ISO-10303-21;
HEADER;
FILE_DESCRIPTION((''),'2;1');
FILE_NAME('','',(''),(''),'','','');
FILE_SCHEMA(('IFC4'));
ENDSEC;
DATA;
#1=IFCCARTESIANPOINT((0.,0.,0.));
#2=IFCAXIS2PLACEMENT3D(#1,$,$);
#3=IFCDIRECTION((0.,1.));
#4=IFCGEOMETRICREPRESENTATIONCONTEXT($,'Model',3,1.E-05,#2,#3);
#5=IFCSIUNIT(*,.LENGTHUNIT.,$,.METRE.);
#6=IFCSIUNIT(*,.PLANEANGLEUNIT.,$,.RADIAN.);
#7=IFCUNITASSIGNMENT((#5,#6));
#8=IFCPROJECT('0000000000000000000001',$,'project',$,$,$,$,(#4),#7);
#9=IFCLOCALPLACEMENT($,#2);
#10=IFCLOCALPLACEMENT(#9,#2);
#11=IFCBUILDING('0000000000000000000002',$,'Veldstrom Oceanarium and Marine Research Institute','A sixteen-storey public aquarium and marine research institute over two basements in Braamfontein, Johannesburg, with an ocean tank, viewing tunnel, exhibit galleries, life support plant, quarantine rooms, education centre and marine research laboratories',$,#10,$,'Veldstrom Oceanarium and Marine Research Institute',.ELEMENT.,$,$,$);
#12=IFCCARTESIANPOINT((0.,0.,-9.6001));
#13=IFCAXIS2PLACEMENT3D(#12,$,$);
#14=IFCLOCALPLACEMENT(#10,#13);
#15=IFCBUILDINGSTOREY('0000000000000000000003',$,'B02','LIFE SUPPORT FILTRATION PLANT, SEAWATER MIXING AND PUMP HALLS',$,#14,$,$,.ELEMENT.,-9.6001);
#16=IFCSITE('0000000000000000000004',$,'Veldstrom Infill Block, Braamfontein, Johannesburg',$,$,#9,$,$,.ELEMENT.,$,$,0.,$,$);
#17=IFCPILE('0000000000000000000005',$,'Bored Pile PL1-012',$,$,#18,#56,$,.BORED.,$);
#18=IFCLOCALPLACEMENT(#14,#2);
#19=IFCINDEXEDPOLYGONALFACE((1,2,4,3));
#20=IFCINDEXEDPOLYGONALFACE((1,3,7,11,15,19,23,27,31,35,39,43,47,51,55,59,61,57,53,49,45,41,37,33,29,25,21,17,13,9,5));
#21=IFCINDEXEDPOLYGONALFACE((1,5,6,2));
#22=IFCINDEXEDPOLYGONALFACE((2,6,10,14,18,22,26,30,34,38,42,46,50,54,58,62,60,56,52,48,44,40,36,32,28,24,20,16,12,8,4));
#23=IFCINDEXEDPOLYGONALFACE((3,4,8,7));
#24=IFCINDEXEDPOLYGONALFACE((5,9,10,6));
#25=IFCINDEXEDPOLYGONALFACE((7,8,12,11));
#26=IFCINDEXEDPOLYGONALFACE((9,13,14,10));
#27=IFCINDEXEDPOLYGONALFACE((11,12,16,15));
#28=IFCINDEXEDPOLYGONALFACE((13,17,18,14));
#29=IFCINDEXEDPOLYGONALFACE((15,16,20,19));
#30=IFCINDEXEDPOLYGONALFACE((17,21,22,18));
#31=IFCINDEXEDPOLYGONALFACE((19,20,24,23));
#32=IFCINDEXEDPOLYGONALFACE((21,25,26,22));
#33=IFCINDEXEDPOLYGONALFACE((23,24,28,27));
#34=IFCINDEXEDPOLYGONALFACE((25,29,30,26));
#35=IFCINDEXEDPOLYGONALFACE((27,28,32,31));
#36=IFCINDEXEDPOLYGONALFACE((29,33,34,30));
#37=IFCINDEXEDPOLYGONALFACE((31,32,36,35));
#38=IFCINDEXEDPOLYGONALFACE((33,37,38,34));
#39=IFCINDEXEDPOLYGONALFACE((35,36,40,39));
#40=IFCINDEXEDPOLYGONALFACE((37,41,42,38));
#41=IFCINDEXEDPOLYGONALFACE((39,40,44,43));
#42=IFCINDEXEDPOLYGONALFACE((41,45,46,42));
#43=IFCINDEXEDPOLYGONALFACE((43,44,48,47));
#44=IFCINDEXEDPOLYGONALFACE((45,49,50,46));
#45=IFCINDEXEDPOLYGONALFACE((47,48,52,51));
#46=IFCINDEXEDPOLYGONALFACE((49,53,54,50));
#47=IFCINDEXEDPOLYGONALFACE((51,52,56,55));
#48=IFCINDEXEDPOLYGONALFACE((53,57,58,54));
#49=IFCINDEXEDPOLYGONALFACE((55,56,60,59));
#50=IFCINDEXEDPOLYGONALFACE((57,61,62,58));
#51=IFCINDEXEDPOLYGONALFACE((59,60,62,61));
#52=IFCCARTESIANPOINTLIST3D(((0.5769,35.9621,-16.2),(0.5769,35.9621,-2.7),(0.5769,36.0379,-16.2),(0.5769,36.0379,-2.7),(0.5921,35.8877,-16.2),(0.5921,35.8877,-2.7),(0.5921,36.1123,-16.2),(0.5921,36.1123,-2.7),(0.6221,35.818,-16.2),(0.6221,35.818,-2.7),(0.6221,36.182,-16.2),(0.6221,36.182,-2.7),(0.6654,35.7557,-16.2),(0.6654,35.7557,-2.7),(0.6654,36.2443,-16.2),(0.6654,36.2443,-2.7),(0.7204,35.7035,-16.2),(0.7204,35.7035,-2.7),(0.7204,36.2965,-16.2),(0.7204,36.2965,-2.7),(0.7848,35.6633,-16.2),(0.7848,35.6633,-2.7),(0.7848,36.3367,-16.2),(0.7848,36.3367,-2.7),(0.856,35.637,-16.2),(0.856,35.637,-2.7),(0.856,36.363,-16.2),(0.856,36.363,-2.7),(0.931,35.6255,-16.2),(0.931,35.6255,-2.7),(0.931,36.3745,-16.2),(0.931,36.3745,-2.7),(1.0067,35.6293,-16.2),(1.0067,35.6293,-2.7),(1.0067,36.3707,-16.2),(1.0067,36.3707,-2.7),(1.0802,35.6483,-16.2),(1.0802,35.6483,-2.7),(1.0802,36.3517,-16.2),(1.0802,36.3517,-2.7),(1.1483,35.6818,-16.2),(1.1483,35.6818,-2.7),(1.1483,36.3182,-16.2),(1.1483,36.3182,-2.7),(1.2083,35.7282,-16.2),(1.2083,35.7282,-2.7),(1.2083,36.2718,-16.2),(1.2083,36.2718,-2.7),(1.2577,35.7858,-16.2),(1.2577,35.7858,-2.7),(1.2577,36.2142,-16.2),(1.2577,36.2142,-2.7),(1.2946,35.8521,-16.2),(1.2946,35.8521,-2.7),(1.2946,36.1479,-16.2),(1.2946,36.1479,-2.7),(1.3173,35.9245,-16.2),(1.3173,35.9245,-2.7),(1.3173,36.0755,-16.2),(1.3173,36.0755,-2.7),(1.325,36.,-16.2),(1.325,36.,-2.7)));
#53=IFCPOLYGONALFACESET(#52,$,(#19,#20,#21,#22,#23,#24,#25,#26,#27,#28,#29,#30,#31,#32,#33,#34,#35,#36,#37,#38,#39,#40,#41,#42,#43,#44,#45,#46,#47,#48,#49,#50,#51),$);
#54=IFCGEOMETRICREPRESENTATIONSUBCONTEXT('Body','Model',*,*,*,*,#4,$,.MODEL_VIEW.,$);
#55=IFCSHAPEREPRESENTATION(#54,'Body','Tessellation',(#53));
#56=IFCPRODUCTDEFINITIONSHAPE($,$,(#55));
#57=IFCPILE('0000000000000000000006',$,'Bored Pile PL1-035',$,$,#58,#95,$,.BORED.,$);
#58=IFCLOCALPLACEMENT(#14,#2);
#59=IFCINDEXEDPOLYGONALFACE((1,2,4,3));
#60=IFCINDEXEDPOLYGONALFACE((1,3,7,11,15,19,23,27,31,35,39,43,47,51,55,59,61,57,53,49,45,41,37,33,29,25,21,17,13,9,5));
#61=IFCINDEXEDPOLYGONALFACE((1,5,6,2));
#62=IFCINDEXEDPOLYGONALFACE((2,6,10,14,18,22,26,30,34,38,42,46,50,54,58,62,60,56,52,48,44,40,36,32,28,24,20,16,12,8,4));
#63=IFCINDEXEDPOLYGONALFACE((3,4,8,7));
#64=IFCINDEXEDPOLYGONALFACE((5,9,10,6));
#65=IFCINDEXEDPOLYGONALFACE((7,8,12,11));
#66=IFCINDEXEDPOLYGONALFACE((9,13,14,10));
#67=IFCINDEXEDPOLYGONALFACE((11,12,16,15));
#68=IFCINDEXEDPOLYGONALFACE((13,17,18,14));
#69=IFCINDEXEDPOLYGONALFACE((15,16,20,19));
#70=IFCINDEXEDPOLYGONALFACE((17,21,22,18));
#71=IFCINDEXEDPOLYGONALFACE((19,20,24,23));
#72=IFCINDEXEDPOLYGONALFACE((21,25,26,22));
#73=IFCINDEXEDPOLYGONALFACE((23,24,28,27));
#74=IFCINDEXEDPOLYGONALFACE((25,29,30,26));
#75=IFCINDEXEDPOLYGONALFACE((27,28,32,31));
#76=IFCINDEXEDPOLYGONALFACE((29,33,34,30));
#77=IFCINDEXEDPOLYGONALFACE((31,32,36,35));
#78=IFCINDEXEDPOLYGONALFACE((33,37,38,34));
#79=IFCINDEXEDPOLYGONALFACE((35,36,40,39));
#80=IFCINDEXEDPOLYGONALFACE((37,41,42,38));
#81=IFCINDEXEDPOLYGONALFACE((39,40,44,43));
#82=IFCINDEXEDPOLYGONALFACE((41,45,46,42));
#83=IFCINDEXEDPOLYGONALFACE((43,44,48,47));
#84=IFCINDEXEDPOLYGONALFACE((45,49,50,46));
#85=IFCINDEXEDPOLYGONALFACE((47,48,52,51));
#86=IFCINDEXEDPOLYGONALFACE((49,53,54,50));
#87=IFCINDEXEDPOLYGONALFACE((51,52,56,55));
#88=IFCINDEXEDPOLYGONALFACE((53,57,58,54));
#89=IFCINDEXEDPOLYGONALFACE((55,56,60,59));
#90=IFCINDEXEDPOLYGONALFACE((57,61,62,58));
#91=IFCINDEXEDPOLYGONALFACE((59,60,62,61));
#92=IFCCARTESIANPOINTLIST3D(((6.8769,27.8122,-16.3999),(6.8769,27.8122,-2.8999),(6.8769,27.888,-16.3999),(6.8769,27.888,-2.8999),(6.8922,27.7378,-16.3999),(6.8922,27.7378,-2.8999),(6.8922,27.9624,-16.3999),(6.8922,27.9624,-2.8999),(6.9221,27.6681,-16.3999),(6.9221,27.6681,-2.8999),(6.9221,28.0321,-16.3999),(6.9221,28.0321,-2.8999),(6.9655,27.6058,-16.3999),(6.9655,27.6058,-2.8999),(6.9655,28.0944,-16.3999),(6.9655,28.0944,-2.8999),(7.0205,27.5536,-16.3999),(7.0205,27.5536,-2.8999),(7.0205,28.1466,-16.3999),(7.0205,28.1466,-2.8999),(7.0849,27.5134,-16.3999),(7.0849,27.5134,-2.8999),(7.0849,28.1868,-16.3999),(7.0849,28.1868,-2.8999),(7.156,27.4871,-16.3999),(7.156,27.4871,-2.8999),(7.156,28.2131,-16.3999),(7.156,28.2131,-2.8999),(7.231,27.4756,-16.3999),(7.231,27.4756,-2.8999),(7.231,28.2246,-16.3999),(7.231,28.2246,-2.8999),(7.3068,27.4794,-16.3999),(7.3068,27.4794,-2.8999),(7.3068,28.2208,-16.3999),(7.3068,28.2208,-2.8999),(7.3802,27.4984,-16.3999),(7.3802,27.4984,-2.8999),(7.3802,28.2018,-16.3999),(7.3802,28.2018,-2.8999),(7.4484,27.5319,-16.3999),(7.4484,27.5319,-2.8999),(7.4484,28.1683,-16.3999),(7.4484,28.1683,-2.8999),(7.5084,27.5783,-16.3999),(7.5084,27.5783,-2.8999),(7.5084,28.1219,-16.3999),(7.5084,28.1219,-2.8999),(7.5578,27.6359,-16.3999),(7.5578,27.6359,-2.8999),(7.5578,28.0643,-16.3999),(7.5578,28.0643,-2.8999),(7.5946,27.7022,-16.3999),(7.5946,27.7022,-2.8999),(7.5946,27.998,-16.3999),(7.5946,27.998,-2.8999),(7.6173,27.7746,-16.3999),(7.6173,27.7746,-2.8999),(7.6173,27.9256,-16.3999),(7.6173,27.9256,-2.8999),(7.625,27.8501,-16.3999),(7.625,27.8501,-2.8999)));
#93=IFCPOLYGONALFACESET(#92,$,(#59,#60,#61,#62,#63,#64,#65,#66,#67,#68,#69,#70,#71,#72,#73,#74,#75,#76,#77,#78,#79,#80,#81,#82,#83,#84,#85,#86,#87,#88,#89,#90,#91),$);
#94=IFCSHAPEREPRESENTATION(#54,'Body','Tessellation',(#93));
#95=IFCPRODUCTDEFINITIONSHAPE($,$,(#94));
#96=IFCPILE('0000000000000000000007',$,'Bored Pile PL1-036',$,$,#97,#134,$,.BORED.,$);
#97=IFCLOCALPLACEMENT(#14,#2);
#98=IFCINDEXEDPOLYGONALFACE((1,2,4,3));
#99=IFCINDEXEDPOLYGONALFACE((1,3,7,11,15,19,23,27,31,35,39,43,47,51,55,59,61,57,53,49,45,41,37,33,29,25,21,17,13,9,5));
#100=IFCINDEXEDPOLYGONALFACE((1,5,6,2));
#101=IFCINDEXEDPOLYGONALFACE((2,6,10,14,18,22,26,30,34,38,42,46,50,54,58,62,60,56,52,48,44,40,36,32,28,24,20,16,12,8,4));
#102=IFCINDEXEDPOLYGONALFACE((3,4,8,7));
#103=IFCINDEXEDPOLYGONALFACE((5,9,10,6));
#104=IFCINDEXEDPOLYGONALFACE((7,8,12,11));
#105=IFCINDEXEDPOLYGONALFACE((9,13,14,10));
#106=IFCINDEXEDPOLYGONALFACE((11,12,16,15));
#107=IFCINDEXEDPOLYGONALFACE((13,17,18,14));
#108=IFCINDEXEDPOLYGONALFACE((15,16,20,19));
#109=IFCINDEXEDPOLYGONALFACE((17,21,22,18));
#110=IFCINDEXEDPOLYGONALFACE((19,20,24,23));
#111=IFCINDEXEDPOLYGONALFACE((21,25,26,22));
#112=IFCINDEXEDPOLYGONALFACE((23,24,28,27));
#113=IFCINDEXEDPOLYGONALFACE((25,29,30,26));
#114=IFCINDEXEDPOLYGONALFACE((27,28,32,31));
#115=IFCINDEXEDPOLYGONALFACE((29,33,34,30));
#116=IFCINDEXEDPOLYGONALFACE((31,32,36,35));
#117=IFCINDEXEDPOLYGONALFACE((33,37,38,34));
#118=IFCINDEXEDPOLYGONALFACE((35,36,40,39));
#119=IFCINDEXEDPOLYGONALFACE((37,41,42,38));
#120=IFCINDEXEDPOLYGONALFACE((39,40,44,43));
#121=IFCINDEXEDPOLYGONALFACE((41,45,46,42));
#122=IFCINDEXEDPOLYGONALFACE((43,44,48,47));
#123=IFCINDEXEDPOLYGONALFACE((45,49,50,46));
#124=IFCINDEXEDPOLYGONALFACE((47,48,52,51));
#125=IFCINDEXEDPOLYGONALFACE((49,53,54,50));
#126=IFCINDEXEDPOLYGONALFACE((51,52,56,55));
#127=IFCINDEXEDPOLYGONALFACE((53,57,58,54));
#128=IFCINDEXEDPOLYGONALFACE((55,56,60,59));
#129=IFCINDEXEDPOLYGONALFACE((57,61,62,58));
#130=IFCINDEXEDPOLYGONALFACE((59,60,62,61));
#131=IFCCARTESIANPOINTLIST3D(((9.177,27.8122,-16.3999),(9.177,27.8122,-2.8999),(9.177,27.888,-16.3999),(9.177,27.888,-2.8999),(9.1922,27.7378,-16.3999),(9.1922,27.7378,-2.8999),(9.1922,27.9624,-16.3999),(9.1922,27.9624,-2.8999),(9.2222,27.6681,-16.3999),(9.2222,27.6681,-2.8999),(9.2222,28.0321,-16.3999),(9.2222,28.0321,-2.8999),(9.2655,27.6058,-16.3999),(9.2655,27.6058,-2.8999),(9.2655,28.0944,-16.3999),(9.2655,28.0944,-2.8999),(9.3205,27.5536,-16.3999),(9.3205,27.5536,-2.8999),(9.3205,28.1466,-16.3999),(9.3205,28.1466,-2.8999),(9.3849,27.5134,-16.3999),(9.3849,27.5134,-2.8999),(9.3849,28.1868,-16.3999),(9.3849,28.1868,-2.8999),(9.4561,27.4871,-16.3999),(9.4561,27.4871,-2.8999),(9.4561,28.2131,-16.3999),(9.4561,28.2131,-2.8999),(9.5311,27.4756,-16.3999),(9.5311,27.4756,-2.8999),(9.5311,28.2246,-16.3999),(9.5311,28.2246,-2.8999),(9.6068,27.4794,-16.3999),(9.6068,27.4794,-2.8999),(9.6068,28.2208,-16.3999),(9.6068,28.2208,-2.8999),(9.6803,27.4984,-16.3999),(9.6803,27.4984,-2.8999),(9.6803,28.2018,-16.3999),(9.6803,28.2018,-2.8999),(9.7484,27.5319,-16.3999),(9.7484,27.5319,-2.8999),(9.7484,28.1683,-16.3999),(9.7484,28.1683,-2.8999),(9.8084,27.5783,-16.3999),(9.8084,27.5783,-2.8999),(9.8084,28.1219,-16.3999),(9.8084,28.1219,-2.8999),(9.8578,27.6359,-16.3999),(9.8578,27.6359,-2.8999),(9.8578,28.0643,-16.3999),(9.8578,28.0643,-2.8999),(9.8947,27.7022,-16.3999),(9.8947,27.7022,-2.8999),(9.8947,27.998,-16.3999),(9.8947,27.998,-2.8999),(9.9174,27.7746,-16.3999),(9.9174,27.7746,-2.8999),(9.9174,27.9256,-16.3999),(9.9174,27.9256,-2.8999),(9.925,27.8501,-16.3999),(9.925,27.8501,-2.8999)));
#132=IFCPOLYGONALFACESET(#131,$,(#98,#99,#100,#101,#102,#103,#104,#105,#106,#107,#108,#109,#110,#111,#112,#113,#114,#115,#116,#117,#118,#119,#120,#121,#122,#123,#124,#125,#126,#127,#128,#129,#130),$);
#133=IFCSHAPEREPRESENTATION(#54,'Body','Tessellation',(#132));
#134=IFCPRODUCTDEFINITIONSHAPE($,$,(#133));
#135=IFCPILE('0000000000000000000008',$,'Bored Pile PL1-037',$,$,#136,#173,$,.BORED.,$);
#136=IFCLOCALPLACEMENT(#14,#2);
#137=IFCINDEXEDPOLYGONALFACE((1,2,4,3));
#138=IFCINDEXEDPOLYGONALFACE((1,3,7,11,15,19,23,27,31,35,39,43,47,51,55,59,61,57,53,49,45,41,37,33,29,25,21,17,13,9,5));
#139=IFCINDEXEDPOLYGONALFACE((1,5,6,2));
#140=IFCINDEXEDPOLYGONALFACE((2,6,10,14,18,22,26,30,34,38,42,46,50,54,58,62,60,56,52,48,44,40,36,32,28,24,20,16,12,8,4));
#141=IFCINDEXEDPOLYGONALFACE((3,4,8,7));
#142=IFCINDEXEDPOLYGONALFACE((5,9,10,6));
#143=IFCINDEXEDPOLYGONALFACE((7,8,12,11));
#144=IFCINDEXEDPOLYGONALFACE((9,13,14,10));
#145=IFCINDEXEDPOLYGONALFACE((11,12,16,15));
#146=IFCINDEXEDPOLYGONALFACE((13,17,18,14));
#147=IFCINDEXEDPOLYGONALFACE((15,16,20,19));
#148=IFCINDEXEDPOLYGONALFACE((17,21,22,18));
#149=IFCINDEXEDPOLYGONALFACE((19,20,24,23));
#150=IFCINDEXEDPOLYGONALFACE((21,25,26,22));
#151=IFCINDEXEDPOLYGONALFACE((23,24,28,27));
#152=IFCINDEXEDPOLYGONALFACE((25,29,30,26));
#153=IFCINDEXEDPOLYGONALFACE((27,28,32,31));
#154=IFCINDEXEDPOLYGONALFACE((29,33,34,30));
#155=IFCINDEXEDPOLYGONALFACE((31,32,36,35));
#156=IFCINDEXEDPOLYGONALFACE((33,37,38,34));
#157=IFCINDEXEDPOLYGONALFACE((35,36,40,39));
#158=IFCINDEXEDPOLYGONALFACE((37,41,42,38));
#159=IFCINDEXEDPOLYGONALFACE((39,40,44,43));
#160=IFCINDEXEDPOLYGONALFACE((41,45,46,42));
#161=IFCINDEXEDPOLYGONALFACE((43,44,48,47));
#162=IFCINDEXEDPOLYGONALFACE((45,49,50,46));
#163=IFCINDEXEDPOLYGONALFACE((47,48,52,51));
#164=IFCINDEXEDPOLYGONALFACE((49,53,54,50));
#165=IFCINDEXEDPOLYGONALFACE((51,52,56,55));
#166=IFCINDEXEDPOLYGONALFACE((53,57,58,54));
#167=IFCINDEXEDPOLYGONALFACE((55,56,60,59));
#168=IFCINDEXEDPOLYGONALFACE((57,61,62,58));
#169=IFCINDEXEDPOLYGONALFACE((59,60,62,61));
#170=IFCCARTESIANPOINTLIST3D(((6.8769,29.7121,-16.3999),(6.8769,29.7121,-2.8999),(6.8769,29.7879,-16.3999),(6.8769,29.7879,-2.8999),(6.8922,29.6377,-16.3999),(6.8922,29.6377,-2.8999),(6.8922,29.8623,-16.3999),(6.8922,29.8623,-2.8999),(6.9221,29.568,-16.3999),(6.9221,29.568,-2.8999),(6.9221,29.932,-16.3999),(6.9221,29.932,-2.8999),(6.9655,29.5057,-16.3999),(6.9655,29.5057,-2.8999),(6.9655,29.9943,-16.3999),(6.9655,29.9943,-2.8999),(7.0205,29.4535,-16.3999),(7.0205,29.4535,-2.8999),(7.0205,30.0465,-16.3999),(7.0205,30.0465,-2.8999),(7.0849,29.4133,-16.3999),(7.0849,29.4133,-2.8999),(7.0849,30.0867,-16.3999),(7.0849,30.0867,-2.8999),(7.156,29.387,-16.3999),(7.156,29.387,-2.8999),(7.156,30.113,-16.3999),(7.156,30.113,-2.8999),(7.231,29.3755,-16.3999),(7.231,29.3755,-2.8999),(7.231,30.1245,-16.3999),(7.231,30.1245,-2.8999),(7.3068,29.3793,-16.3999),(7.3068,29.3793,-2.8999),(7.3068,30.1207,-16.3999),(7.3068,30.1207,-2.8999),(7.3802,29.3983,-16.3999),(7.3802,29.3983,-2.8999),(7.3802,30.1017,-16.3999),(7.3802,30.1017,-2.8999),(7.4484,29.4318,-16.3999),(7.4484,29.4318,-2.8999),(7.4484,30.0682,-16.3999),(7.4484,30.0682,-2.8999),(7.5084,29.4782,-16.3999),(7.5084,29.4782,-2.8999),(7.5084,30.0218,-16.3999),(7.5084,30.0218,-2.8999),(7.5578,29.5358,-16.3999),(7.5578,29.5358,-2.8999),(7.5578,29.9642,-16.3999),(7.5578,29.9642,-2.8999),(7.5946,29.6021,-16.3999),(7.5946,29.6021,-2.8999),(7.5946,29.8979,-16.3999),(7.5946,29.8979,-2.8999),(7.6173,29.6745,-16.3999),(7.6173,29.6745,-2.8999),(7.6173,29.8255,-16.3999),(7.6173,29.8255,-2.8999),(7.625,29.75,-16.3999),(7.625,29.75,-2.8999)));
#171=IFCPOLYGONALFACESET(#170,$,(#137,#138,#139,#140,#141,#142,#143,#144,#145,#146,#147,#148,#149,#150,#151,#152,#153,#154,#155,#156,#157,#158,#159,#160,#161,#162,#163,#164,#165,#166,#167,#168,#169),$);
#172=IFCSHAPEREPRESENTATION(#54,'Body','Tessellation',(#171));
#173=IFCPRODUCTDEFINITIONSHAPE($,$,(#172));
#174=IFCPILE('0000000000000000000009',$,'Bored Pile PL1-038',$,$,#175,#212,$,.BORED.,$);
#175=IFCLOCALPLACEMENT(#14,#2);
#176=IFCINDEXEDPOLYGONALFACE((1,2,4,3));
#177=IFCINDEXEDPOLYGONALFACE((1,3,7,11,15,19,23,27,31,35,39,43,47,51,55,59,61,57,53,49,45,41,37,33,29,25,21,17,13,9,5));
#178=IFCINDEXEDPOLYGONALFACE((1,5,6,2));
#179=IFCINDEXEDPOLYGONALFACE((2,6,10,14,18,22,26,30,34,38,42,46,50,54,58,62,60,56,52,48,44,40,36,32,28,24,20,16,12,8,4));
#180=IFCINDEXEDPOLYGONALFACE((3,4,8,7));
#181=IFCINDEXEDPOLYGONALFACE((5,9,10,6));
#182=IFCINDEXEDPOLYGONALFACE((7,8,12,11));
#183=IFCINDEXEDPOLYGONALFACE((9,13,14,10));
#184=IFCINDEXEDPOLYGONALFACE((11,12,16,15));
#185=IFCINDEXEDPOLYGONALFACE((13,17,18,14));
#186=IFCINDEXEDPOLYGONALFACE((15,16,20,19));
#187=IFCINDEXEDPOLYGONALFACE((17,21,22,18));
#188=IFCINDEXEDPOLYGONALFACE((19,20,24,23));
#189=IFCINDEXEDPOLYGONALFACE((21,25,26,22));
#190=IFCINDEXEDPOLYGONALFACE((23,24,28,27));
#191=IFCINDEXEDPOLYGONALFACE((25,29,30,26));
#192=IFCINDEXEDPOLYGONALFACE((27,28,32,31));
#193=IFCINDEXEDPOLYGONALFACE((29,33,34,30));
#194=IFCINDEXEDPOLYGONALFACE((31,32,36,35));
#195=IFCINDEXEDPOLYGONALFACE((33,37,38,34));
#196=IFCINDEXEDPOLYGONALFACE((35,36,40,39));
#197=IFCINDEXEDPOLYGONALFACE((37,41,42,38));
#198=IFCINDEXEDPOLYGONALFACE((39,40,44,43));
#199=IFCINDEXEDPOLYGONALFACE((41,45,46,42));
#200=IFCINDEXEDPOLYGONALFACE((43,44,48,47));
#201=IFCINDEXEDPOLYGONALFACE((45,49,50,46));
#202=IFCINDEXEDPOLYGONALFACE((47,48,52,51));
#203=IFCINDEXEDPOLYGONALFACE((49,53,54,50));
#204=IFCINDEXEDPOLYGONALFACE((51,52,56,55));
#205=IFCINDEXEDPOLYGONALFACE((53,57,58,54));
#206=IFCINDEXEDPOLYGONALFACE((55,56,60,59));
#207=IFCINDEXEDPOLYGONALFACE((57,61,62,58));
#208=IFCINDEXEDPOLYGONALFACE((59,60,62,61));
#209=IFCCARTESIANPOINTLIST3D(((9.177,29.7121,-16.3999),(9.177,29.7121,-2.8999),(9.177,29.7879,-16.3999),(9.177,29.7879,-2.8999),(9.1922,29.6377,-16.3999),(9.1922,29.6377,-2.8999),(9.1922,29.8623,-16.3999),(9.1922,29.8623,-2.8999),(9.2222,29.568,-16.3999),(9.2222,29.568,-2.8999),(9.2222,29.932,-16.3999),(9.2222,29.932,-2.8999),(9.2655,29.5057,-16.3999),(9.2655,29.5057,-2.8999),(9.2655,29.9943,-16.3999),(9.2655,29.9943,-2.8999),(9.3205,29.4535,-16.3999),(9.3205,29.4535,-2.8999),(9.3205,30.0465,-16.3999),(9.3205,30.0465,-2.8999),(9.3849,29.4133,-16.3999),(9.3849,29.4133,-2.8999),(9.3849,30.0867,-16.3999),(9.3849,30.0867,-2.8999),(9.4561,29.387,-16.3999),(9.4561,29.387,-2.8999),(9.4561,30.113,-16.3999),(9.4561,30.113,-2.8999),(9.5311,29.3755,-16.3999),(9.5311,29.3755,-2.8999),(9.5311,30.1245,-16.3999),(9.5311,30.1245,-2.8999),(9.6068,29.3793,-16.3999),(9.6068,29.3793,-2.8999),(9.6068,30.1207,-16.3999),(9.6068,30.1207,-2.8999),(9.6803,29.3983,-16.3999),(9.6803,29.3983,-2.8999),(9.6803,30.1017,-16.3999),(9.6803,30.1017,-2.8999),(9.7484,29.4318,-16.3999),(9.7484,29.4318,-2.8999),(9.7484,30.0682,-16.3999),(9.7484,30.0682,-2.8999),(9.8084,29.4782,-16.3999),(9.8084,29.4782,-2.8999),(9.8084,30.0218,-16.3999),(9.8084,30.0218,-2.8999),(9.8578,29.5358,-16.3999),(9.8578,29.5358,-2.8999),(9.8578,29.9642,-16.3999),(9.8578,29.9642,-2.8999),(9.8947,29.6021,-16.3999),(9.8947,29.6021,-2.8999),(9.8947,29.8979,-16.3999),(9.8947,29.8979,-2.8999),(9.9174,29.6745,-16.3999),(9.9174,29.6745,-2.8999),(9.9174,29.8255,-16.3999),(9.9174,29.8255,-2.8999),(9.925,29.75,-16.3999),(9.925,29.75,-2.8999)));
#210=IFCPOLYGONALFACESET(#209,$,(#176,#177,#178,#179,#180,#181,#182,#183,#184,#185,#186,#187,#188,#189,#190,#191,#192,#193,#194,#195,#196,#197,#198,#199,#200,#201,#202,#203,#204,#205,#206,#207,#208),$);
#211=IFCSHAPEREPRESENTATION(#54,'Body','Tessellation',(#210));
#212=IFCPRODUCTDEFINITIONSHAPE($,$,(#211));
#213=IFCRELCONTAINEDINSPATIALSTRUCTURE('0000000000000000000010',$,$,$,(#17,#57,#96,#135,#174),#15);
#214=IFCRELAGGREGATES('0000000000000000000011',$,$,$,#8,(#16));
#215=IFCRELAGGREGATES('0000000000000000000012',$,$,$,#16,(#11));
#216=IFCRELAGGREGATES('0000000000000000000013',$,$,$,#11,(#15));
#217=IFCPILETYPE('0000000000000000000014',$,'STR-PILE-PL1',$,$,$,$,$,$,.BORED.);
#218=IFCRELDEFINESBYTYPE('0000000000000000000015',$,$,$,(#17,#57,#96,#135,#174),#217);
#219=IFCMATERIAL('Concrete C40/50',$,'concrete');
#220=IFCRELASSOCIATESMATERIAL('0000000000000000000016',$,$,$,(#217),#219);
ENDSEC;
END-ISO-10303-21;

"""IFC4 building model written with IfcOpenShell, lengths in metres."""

from ifc_helpers import new_model, si_unit, direction, frame, origin, origin_2d, place, context, subcontext, project, spatial, circle, extrude, material, material_profile, profile_set, type_object, element, save


model = new_model("IFC4")

# Units and contexts
model_context = context("Model", 3, precision=1e-05, world=origin(), true_north=direction((0.0, 1.0)))
body_context = subcontext(model_context, "Body", "Model", "MODEL_VIEW")
ifc_project = project(units=[si_unit("LENGTHUNIT", "METRE"), si_unit("PLANEANGLEUNIT", "RADIAN")], contexts=[model_context])

# Site, building, storey
site_placement = place(None, origin())
site = spatial("IfcSite", under=ifc_project, at=site_placement, Name="Veldstrom Infill Block, Braamfontein, Johannesburg", CompositionType="ELEMENT", RefElevation=0.0)
building_placement = place(site_placement, origin())
building = spatial("IfcBuilding", under=site, at=building_placement, Name="Veldstrom Oceanarium and Marine Research Institute", Description="A sixteen-storey public aquarium and marine research institute over two basements in Braamfontein, Johannesburg, with an ocean tank, viewing tunnel, exhibit galleries, life support plant, quarantine rooms, education centre and marine research laboratories", LongName="Veldstrom Oceanarium and Marine Research Institute", CompositionType="ELEMENT")
storey_placement = place(building_placement, frame((0.0, 0.0, -9.6001)))
storey = spatial("IfcBuildingStorey", under=building, at=storey_placement, Name="B02", Description="LIFE SUPPORT FILTRATION PLANT, SEAWATER MIXING AND PUMP HALLS", CompositionType="ELEMENT", Elevation=-9.6001)

# Piles
ifc_material_1 = material(Name="Concrete C40/50", Category="concrete")
ifc_material_profile_1 = material_profile(ifc_material_1, circle(Radius=0.375, at=origin_2d()), Name="PILE-D750")
ifc_profile_set_1 = profile_set([ifc_material_profile_1], Name="Concrete C40/50")
pile_type = type_object("IfcPileType", Name="STR-PILE-PL1", PredefinedType="BORED", material=ifc_profile_set_1)
for number, where, z_axis, x_axis, name in (
    (1, (0.95, 36.0, -2.7), (0.0, 0.0, -1.0), (1.0, 0.0, 0.0), "Bored Pile PL1-012"),
    (2, (7.25, 27.8501, -2.8999), (0.0, 0.0, -1.0), (1.0, 0.0, 0.0), "Bored Pile PL1-035"),
    (3, (9.55, 27.8501, -2.8999), (0.0, 0.0, -1.0), (1.0, 0.0, 0.0), "Bored Pile PL1-036"),
    (4, (7.25, 29.75, -2.8999), (0.0, 0.0, -1.0), (1.0, 0.0, 0.0), "Bored Pile PL1-037"),
    (5, (9.55, 29.75, -2.8999), (0.0, 0.0, -1.0), (1.0, 0.0, 0.0), "Bored Pile PL1-038"),
):
    element("IfcPile", number, at=place(storey_placement, frame(where, z_axis=z_axis, x_axis=x_axis)), inside=storey, type_object=pile_type, Name=name, PredefinedType="BORED", context=body_context, shape_type="SweptSolid", body=[
        extrude(circle(Radius=0.375, at=origin_2d()), origin(), (0.0, 0.0, 1.0), 13.5),
    ])

save(model, "model.ifc")
